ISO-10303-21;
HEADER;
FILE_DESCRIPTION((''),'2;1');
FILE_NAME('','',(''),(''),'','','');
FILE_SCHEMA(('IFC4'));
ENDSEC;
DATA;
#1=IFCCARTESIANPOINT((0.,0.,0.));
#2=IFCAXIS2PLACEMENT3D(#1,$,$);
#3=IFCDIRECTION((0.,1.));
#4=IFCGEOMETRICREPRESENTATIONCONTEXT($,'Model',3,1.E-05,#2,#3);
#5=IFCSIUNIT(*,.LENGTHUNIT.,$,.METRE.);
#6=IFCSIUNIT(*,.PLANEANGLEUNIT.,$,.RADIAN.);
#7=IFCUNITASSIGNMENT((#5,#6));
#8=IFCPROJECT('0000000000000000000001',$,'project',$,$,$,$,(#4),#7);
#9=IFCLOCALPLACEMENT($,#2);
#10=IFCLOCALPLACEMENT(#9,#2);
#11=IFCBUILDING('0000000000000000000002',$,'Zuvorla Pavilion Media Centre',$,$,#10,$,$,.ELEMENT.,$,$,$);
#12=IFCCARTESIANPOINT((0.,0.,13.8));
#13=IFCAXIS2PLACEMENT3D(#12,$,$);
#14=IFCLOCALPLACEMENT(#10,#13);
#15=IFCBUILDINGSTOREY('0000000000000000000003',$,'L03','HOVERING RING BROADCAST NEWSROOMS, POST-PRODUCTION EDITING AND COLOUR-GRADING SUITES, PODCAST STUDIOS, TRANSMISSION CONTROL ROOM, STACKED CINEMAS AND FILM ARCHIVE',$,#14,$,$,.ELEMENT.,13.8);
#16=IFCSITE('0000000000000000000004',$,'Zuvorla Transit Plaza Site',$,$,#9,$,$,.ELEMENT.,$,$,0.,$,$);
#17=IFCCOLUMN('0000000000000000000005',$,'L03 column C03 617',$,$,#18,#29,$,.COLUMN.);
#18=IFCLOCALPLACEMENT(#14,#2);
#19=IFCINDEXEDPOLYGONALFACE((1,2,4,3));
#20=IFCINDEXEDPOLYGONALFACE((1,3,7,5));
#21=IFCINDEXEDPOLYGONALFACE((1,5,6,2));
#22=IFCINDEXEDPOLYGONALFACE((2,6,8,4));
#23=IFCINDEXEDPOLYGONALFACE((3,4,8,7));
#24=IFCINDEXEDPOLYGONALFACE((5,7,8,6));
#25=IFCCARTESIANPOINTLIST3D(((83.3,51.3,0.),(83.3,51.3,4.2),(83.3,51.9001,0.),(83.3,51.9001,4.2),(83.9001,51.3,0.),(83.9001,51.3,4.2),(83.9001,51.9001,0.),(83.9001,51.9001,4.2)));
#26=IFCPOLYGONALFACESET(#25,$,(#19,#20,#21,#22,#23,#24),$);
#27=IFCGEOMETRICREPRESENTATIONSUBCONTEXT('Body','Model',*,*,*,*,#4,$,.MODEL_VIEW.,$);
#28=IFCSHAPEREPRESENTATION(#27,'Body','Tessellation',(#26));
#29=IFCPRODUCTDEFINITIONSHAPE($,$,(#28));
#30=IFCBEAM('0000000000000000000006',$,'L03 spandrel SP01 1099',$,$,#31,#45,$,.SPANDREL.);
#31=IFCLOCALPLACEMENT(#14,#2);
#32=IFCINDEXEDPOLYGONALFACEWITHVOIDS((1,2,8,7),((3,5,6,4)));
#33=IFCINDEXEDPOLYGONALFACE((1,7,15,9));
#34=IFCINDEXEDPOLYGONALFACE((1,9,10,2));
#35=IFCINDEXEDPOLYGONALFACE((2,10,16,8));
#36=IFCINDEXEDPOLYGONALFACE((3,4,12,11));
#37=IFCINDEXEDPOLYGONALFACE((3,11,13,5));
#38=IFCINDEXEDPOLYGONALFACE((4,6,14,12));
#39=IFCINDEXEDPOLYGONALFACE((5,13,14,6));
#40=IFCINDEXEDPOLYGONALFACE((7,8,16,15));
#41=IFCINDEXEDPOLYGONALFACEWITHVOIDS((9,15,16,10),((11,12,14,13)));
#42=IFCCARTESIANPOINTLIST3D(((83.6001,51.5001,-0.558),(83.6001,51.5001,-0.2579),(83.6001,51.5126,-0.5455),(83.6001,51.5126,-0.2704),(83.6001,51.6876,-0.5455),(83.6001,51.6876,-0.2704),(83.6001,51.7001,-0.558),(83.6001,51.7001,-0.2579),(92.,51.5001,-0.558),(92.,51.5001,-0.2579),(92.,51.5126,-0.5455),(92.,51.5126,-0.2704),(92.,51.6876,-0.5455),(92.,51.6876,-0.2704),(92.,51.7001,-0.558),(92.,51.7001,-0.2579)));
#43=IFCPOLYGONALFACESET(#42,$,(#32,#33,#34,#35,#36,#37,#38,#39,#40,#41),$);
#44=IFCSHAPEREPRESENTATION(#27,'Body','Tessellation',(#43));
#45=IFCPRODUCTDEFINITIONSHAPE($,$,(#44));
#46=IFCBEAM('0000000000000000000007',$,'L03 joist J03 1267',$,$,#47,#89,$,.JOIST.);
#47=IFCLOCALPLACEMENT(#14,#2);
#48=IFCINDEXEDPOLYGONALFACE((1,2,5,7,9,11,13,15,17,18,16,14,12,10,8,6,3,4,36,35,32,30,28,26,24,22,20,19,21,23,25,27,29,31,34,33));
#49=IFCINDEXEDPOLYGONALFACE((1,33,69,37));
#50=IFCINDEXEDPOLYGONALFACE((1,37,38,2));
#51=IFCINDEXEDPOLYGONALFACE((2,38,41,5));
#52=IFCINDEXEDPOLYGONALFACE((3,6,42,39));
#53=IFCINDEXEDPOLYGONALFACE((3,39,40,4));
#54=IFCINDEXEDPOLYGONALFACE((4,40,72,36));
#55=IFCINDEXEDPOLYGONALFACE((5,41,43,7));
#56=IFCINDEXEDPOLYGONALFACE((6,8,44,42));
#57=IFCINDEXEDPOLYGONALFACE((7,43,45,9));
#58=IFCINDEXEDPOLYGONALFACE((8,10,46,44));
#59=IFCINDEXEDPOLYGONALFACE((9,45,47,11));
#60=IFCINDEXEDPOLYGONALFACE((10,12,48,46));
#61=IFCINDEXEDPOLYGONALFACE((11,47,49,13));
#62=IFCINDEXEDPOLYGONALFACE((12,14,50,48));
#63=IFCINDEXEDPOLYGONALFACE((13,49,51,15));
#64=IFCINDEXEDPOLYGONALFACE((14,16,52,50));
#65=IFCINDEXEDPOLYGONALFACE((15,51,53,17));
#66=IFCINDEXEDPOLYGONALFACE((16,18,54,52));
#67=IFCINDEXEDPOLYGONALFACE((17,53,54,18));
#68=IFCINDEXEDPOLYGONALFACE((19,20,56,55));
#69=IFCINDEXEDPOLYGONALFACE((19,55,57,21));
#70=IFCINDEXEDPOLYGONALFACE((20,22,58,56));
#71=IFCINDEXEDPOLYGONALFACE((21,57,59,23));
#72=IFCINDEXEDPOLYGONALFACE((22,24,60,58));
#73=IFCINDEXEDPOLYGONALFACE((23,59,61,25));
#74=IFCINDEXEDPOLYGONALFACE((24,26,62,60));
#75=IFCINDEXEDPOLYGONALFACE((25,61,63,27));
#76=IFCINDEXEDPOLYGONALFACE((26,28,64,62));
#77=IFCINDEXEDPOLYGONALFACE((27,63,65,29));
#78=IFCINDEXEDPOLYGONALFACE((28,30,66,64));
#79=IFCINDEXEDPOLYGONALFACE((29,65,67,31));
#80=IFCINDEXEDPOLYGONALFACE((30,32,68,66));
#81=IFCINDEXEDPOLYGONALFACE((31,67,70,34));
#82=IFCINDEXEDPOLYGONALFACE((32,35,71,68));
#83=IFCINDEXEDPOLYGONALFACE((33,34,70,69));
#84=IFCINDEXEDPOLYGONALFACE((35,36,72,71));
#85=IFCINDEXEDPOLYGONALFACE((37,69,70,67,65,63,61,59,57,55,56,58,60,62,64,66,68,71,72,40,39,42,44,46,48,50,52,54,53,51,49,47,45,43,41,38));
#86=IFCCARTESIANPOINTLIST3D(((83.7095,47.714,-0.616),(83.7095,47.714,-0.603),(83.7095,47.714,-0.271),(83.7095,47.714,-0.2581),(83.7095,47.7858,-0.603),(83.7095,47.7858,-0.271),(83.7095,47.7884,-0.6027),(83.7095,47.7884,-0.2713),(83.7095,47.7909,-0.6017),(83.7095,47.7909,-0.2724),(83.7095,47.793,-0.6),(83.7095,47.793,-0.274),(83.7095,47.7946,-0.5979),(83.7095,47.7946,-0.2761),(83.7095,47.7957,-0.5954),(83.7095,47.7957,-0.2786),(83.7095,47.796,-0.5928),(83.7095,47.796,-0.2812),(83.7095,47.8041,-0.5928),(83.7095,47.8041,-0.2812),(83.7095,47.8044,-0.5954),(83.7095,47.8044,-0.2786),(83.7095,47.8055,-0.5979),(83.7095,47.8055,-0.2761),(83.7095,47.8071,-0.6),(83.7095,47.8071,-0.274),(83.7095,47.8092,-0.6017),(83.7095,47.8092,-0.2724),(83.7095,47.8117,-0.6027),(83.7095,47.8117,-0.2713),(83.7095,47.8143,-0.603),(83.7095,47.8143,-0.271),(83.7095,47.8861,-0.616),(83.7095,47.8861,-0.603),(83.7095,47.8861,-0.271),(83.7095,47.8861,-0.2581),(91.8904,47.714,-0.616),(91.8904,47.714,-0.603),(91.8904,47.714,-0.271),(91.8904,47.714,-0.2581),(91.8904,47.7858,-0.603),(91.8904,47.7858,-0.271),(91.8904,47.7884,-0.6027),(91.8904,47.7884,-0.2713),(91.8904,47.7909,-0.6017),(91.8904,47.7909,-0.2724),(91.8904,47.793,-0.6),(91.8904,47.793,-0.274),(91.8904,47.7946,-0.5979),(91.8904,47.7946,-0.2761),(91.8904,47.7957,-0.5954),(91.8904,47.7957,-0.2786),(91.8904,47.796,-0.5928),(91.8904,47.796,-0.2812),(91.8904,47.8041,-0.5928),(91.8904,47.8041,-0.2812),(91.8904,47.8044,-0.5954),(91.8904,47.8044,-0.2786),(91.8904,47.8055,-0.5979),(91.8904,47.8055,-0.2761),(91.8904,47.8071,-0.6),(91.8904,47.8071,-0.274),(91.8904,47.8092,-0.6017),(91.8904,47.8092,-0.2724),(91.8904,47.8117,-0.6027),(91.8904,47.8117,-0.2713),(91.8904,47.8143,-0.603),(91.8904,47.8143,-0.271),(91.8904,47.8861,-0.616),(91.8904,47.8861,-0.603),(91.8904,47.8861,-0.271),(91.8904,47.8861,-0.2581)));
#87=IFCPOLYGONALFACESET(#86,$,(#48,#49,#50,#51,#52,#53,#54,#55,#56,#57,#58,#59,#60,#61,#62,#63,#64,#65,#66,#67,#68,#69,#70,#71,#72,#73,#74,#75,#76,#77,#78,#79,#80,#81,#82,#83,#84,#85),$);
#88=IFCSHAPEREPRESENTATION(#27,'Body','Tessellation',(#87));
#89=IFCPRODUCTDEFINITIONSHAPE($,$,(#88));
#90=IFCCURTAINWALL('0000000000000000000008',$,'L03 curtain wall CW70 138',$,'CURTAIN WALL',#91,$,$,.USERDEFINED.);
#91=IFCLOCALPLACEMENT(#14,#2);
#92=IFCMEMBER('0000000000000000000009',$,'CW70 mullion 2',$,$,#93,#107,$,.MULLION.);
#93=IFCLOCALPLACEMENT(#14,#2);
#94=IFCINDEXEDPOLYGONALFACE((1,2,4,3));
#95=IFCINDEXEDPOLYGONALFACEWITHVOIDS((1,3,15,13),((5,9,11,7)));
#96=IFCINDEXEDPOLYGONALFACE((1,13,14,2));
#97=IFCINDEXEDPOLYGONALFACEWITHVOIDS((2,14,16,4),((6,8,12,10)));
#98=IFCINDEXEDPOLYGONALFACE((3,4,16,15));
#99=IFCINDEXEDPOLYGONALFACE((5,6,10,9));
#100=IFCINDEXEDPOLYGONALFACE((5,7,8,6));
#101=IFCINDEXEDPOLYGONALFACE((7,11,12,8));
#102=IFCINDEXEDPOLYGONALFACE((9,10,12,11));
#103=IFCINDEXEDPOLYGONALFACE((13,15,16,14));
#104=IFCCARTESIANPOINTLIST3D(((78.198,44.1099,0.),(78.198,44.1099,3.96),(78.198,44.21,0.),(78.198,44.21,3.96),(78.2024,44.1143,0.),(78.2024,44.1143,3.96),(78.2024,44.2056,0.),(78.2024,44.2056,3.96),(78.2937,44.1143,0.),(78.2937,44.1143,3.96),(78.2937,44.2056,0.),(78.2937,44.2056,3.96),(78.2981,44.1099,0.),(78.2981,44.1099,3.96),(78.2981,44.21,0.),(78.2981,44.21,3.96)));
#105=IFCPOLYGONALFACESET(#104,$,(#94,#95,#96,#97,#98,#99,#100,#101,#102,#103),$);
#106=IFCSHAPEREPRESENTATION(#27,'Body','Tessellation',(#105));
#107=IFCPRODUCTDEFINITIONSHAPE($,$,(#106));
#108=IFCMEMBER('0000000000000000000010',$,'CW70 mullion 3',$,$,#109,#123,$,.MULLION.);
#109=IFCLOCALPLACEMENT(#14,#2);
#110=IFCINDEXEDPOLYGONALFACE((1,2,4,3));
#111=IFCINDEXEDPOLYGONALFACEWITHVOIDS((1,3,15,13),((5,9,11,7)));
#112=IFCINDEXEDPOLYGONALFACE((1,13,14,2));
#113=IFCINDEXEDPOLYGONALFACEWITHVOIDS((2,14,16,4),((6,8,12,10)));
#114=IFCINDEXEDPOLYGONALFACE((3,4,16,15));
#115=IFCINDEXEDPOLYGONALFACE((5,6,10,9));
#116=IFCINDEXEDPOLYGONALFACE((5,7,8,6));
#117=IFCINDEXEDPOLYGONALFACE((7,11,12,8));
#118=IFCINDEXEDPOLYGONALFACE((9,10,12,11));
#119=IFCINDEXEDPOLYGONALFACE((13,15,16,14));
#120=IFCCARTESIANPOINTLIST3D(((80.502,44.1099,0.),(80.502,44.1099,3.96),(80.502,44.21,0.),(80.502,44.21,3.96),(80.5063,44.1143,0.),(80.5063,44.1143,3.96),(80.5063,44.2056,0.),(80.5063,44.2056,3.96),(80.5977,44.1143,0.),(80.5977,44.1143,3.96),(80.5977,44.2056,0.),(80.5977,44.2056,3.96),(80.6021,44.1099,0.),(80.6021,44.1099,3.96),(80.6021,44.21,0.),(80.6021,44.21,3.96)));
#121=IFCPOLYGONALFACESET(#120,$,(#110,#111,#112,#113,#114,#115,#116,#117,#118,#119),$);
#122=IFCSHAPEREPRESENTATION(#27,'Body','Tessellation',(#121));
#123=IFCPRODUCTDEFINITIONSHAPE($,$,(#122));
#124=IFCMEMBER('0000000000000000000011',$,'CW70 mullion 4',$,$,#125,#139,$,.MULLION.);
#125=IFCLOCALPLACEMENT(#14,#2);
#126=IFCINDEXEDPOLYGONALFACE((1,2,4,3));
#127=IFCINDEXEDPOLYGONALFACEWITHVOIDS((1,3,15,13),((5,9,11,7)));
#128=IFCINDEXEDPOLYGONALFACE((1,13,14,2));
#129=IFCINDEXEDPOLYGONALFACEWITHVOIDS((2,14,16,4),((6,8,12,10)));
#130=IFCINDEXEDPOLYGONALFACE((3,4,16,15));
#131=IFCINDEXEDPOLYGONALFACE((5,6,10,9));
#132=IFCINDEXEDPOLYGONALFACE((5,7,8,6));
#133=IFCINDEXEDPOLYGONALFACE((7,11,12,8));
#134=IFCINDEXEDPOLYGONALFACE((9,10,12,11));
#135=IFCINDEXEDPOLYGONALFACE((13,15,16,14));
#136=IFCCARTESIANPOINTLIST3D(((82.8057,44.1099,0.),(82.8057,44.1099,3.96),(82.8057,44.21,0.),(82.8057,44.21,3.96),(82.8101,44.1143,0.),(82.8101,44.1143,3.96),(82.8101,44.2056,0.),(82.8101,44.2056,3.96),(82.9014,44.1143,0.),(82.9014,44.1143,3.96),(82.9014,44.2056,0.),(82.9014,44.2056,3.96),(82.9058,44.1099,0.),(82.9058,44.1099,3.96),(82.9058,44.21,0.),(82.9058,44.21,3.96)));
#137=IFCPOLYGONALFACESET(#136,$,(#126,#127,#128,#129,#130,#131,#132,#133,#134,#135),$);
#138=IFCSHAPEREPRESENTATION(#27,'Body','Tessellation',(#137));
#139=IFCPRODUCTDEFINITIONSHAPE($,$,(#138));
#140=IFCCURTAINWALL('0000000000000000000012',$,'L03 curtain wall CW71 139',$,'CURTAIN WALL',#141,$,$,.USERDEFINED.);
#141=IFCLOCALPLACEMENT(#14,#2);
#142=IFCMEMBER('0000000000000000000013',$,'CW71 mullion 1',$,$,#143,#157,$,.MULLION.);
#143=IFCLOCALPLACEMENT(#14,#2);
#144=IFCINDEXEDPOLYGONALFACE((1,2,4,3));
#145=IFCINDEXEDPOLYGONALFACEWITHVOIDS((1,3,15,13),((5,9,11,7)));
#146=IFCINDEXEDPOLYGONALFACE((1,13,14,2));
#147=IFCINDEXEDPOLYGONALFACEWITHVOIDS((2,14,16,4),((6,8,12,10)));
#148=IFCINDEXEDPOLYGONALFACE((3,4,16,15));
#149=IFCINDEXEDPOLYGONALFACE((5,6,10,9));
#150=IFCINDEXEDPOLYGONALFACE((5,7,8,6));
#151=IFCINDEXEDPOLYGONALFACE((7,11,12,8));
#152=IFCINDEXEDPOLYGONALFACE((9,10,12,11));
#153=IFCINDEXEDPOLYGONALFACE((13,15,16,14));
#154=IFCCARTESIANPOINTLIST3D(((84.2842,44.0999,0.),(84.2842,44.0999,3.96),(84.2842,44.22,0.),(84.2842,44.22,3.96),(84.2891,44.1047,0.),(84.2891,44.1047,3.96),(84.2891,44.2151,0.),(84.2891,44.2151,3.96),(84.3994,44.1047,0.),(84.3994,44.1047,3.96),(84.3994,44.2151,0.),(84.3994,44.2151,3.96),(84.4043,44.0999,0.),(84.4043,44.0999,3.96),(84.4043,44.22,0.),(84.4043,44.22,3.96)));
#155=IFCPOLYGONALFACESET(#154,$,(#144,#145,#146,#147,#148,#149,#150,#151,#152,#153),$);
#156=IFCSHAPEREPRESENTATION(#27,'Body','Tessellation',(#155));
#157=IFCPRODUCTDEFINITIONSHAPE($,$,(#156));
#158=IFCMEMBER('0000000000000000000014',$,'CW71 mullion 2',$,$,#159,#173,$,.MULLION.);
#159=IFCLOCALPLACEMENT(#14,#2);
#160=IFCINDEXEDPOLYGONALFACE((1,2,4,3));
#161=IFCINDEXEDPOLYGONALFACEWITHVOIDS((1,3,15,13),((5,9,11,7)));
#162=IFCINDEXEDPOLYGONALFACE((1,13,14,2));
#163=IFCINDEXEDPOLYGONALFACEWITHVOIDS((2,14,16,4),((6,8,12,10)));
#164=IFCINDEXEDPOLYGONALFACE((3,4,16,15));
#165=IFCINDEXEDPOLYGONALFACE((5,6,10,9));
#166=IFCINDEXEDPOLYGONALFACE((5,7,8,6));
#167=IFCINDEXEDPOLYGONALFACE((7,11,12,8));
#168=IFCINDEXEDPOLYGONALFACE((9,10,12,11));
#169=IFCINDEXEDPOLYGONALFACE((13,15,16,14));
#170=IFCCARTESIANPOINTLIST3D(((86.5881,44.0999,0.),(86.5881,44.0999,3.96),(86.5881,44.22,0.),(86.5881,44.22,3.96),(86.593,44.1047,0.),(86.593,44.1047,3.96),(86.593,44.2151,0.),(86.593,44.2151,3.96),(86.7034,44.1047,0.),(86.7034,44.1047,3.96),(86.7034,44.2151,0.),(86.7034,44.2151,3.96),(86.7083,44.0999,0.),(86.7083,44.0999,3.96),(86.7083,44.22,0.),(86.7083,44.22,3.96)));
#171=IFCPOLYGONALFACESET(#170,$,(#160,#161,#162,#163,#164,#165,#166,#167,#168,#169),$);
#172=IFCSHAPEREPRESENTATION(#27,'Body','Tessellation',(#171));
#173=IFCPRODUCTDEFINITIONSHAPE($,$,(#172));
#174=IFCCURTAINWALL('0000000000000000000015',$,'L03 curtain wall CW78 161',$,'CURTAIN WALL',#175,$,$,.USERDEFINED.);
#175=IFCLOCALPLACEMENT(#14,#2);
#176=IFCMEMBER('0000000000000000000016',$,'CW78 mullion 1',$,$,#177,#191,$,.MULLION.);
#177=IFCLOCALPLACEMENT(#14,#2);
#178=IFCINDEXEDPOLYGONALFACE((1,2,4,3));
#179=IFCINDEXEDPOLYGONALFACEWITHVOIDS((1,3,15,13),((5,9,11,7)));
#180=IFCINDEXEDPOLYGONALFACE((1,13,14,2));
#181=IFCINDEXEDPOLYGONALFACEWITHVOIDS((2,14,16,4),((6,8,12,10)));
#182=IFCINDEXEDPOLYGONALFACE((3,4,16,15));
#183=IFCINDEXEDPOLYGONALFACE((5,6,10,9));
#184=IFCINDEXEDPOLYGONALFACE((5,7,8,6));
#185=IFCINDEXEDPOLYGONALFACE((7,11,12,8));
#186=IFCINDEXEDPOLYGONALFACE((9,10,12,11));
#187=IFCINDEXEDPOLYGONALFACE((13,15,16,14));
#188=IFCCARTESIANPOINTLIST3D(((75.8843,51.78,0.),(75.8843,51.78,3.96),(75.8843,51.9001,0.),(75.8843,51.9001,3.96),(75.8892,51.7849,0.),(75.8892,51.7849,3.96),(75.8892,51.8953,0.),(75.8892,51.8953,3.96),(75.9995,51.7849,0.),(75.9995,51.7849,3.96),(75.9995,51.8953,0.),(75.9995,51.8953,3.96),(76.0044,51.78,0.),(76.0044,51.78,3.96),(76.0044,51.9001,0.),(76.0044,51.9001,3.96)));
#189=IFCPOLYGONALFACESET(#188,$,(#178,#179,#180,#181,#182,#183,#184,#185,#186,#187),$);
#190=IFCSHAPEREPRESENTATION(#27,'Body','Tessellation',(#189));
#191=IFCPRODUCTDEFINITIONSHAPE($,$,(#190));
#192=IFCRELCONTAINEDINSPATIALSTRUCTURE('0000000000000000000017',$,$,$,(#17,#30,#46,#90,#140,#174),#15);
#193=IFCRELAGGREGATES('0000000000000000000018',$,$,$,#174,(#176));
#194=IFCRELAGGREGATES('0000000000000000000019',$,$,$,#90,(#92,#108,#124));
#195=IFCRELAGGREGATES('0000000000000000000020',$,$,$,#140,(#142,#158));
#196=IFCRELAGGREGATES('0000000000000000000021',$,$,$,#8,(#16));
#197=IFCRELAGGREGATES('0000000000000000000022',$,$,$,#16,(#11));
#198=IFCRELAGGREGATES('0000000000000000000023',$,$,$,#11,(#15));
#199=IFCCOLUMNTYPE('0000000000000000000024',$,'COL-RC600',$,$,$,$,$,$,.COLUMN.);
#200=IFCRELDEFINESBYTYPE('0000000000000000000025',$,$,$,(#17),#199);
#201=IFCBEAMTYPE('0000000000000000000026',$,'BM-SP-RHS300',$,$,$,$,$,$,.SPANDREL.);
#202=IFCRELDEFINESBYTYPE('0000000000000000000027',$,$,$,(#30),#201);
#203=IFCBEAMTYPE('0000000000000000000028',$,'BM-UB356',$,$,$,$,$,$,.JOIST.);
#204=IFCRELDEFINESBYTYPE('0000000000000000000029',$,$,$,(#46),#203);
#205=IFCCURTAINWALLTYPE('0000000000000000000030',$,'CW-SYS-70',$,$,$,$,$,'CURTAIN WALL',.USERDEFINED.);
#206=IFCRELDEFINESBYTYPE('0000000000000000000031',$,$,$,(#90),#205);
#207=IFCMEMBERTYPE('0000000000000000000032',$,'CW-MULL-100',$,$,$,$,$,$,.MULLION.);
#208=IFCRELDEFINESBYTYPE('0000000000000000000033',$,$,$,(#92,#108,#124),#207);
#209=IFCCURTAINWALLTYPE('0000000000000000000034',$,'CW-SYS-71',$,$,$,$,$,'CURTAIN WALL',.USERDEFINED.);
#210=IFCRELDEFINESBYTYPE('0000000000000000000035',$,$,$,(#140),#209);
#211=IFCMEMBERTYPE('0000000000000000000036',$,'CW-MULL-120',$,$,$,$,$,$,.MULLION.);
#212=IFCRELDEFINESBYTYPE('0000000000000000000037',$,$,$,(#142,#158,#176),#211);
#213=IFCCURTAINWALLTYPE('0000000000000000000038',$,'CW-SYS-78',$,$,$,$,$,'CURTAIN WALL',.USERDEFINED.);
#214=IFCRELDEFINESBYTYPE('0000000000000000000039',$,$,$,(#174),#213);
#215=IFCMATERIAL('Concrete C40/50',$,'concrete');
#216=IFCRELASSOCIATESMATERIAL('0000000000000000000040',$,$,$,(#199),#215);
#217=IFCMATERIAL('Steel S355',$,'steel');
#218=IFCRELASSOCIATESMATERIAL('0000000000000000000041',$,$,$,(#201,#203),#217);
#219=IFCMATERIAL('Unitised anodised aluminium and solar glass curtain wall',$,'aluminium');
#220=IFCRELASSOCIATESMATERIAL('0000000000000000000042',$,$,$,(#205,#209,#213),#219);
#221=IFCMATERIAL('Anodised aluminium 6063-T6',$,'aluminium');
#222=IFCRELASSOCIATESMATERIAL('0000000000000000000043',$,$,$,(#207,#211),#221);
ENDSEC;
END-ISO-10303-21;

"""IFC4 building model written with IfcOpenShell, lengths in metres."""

from ifc_helpers import new_model, si_unit, direction, frame, origin, origin_2d, place, context, subcontext, project, spatial, rectangle, hollow_rectangle, i_section, extrude, material, material_profile, profile_set, type_object, element, aggregate, save


model = new_model("IFC4")

# Units and contexts
model_context = context("Model", 3, precision=1e-05, world=origin(), true_north=direction((0.0, 1.0)))
body_context = subcontext(model_context, "Body", "Model", "MODEL_VIEW")
ifc_project = project(units=[si_unit("LENGTHUNIT", "METRE"), si_unit("PLANEANGLEUNIT", "RADIAN")], contexts=[model_context])

# Site, building, storey
site_placement = place(None, origin())
site = spatial("IfcSite", under=ifc_project, at=site_placement, Name="Zuvorla Transit Plaza Site", CompositionType="ELEMENT", RefElevation=0.0)
building_placement = place(site_placement, origin())
building = spatial("IfcBuilding", under=site, at=building_placement, Name="Zuvorla Pavilion Media Centre", CompositionType="ELEMENT")
storey_placement = place(building_placement, frame((0.0, 0.0, 13.8)))
storey = spatial("IfcBuildingStorey", under=building, at=storey_placement, Name="L03", Description="HOVERING RING BROADCAST NEWSROOMS, POST-PRODUCTION EDITING AND COLOUR-GRADING SUITES, PODCAST STUDIOS, TRANSMISSION CONTROL ROOM, STACKED CINEMAS AND FILM ARCHIVE", CompositionType="ELEMENT", Elevation=13.8)

# Column
ifc_material_1 = material(Name="Concrete C40/50", Category="concrete")
ifc_material_profile_1 = material_profile(ifc_material_1, rectangle(XDim=0.6001, YDim=0.6001, at=origin_2d()), Name="RC 600x600")
ifc_profile_set_1 = profile_set([ifc_material_profile_1], Name="Concrete C40/50")
column_type = type_object("IfcColumnType", Name="COL-RC600", PredefinedType="COLUMN", material=ifc_profile_set_1)
column_placement = place(storey_placement, frame((83.6001, 51.6001, 0.0), z_axis=(0.0, 0.0, 1.0), x_axis=(1.0, 0.0, 0.0)))
element("IfcColumn", 1, at=column_placement, inside=storey, type_object=column_type, Name="L03 column C03 617", PredefinedType="COLUMN", context=body_context, shape_type="SweptSolid", body=[
    extrude(rectangle(XDim=0.6001, YDim=0.6001, at=origin_2d()), origin(), (0.0, 0.0, 1.0), 4.2),
])

# Beams
ifc_material_2 = material(Name="Steel S355", Category="steel")
ifc_material_profile_2 = material_profile(ifc_material_2, hollow_rectangle(XDim=0.2, YDim=0.3, WallThickness=0.0125, at=origin_2d()), Name="RHS 300x200x12.5")
ifc_profile_set_2 = profile_set([ifc_material_profile_2], Name="Steel S355")
beam_type_1 = type_object("IfcBeamType", Name="BM-SP-RHS300", PredefinedType="SPANDREL", material=ifc_profile_set_2)
beam_1_placement = place(storey_placement, frame((83.6001, 51.6001, -0.408), z_axis=(1.0, 0.0, 0.0), x_axis=(0.0, 1.0, 0.0)))
element("IfcBeam", 2, at=beam_1_placement, inside=storey, type_object=beam_type_1, Name="L03 spandrel SP01 1099", PredefinedType="SPANDREL", context=body_context, shape_type="SweptSolid", body=[
    extrude(hollow_rectangle(XDim=0.2, YDim=0.3, WallThickness=0.0125, at=origin_2d()), origin(), (0.0, 0.0, 1.0), 8.3999),
])
ifc_material_profile_3 = material_profile(ifc_material_2, i_section(OverallWidth=0.1721, OverallDepth=0.3579, WebThickness=0.0081, FlangeThickness=0.0129, FilletRadius=0.0103, at=origin_2d()), Name="UB 356x171x57")
ifc_profile_set_3 = profile_set([ifc_material_profile_3], Name="Steel S355")
beam_type_2 = type_object("IfcBeamType", Name="BM-UB356", PredefinedType="JOIST", material=ifc_profile_set_3)
beam_2_placement = place(storey_placement, frame((83.7095, 47.8, -0.437), z_axis=(1.0, 0.0, 0.0), x_axis=(0.0, 1.0, 0.0)))
element("IfcBeam", 3, at=beam_2_placement, inside=storey, type_object=beam_type_2, Name="L03 joist J03 1267", PredefinedType="JOIST", context=body_context, shape_type="SweptSolid", body=[
    extrude(i_section(OverallWidth=0.1721, OverallDepth=0.3579, WebThickness=0.0081, FlangeThickness=0.0129, FilletRadius=0.0103, at=origin_2d()), origin(), (0.0, 0.0, 1.0), 8.1809),
])

# Curtain walls, members
ifc_material_3 = material(Name="Unitised anodised aluminium and solar glass curtain wall", Category="aluminium")
curtain_wall_type_1 = type_object("IfcCurtainWallType", Name="CW-SYS-70", ElementType="CURTAIN WALL", PredefinedType="USERDEFINED", material=ifc_material_3)
curtain_wall_1_placement = place(storey_placement, origin())
curtain_wall_1 = element("IfcCurtainWall", 4, at=curtain_wall_1_placement, inside=storey, type_object=curtain_wall_type_1, Name="L03 curtain wall CW70 138", ObjectType="CURTAIN WALL", PredefinedType="USERDEFINED")
ifc_material_4 = material(Name="Anodised aluminium 6063-T6", Category="aluminium")
ifc_material_profile_4 = material_profile(ifc_material_4, hollow_rectangle(XDim=0.1001, YDim=0.1001, WallThickness=0.0044, at=origin_2d()), Name="ALU MULL 100x100")
ifc_profile_set_4 = profile_set([ifc_material_profile_4], Name="Anodised aluminium 6063-T6")
member_type_1 = type_object("IfcMemberType", Name="CW-MULL-100", PredefinedType="MULLION", material=ifc_profile_set_4)
member_1_placement = place(storey_placement, frame((78.248, 44.1599, 0.0), z_axis=(0.0, 0.0, 1.0), x_axis=(1.0, 0.0, 0.0)))
member_1 = element("IfcMember", 5, at=member_1_placement, type_object=member_type_1, Name="CW70 mullion 2", PredefinedType="MULLION", context=body_context, shape_type="SweptSolid", body=[
    extrude(hollow_rectangle(XDim=0.1001, YDim=0.1001, WallThickness=0.0044, at=origin_2d()), origin(), (0.0, 0.0, 1.0), 3.96),
])
member_2_placement = place(storey_placement, frame((80.552, 44.1599, 0.0), z_axis=(0.0, 0.0, 1.0), x_axis=(1.0, 0.0, 0.0)))
member_2 = element("IfcMember", 6, at=member_2_placement, type_object=member_type_1, Name="CW70 mullion 3", PredefinedType="MULLION", context=body_context, shape_type="SweptSolid", body=[
    extrude(hollow_rectangle(XDim=0.1001, YDim=0.1001, WallThickness=0.0044, at=origin_2d()), origin(), (0.0, 0.0, 1.0), 3.96),
])
member_3_placement = place(storey_placement, frame((82.8557, 44.1599, 0.0), z_axis=(0.0, 0.0, 1.0), x_axis=(1.0, 0.0, 0.0)))
member_3 = element("IfcMember", 7, at=member_3_placement, type_object=member_type_1, Name="CW70 mullion 4", PredefinedType="MULLION", context=body_context, shape_type="SweptSolid", body=[
    extrude(hollow_rectangle(XDim=0.1001, YDim=0.1001, WallThickness=0.0044, at=origin_2d()), origin(), (0.0, 0.0, 1.0), 3.96),
])
curtain_wall_type_2 = type_object("IfcCurtainWallType", Name="CW-SYS-71", ElementType="CURTAIN WALL", PredefinedType="USERDEFINED", material=ifc_material_3)
curtain_wall_2_placement = place(storey_placement, origin())
curtain_wall_2 = element("IfcCurtainWall", 8, at=curtain_wall_2_placement, inside=storey, type_object=curtain_wall_type_2, Name="L03 curtain wall CW71 139", ObjectType="CURTAIN WALL", PredefinedType="USERDEFINED")
ifc_material_profile_5 = material_profile(ifc_material_4, hollow_rectangle(XDim=0.1201, YDim=0.1201, WallThickness=0.0049, at=origin_2d()), Name="ALU MULL 120x120")
ifc_profile_set_5 = profile_set([ifc_material_profile_5], Name="Anodised aluminium 6063-T6")
member_type_2 = type_object("IfcMemberType", Name="CW-MULL-120", PredefinedType="MULLION", material=ifc_profile_set_5)
member_4_placement = place(storey_placement, frame((84.3442, 44.1599, 0.0), z_axis=(0.0, 0.0, 1.0), x_axis=(1.0, 0.0, 0.0)))
member_4 = element("IfcMember", 9, at=member_4_placement, type_object=member_type_2, Name="CW71 mullion 1", PredefinedType="MULLION", context=body_context, shape_type="SweptSolid", body=[
    extrude(hollow_rectangle(XDim=0.1201, YDim=0.1201, WallThickness=0.0049, at=origin_2d()), origin(), (0.0, 0.0, 1.0), 3.96),
])
member_5_placement = place(storey_placement, frame((86.6482, 44.1599, 0.0), z_axis=(0.0, 0.0, 1.0), x_axis=(1.0, 0.0, 0.0)))
member_5 = element("IfcMember", 10, at=member_5_placement, type_object=member_type_2, Name="CW71 mullion 2", PredefinedType="MULLION", context=body_context, shape_type="SweptSolid", body=[
    extrude(hollow_rectangle(XDim=0.1201, YDim=0.1201, WallThickness=0.0049, at=origin_2d()), origin(), (0.0, 0.0, 1.0), 3.96),
])

# Curtain wall, member
curtain_wall_type_3 = type_object("IfcCurtainWallType", Name="CW-SYS-78", ElementType="CURTAIN WALL", PredefinedType="USERDEFINED", material=ifc_material_3)
curtain_wall_3_placement = place(storey_placement, origin())
curtain_wall_3 = element("IfcCurtainWall", 11, at=curtain_wall_3_placement, inside=storey, type_object=curtain_wall_type_3, Name="L03 curtain wall CW78 161", ObjectType="CURTAIN WALL", PredefinedType="USERDEFINED")
member_6_placement = place(storey_placement, frame((75.9443, 51.8401, 0.0), z_axis=(0.0, 0.0, 1.0), x_axis=(1.0, 0.0, 0.0)))
member_6 = element("IfcMember", 12, at=member_6_placement, type_object=member_type_2, Name="CW78 mullion 1", PredefinedType="MULLION", context=body_context, shape_type="SweptSolid", body=[
    extrude(hollow_rectangle(XDim=0.1201, YDim=0.1201, WallThickness=0.0049, at=origin_2d()), origin(), (0.0, 0.0, 1.0), 3.96),
])

aggregate(curtain_wall_3, [member_6])

aggregate(curtain_wall_1, [member_1, member_2, member_3])
aggregate(curtain_wall_2, [member_4, member_5])

save(model, "model.ifc")
